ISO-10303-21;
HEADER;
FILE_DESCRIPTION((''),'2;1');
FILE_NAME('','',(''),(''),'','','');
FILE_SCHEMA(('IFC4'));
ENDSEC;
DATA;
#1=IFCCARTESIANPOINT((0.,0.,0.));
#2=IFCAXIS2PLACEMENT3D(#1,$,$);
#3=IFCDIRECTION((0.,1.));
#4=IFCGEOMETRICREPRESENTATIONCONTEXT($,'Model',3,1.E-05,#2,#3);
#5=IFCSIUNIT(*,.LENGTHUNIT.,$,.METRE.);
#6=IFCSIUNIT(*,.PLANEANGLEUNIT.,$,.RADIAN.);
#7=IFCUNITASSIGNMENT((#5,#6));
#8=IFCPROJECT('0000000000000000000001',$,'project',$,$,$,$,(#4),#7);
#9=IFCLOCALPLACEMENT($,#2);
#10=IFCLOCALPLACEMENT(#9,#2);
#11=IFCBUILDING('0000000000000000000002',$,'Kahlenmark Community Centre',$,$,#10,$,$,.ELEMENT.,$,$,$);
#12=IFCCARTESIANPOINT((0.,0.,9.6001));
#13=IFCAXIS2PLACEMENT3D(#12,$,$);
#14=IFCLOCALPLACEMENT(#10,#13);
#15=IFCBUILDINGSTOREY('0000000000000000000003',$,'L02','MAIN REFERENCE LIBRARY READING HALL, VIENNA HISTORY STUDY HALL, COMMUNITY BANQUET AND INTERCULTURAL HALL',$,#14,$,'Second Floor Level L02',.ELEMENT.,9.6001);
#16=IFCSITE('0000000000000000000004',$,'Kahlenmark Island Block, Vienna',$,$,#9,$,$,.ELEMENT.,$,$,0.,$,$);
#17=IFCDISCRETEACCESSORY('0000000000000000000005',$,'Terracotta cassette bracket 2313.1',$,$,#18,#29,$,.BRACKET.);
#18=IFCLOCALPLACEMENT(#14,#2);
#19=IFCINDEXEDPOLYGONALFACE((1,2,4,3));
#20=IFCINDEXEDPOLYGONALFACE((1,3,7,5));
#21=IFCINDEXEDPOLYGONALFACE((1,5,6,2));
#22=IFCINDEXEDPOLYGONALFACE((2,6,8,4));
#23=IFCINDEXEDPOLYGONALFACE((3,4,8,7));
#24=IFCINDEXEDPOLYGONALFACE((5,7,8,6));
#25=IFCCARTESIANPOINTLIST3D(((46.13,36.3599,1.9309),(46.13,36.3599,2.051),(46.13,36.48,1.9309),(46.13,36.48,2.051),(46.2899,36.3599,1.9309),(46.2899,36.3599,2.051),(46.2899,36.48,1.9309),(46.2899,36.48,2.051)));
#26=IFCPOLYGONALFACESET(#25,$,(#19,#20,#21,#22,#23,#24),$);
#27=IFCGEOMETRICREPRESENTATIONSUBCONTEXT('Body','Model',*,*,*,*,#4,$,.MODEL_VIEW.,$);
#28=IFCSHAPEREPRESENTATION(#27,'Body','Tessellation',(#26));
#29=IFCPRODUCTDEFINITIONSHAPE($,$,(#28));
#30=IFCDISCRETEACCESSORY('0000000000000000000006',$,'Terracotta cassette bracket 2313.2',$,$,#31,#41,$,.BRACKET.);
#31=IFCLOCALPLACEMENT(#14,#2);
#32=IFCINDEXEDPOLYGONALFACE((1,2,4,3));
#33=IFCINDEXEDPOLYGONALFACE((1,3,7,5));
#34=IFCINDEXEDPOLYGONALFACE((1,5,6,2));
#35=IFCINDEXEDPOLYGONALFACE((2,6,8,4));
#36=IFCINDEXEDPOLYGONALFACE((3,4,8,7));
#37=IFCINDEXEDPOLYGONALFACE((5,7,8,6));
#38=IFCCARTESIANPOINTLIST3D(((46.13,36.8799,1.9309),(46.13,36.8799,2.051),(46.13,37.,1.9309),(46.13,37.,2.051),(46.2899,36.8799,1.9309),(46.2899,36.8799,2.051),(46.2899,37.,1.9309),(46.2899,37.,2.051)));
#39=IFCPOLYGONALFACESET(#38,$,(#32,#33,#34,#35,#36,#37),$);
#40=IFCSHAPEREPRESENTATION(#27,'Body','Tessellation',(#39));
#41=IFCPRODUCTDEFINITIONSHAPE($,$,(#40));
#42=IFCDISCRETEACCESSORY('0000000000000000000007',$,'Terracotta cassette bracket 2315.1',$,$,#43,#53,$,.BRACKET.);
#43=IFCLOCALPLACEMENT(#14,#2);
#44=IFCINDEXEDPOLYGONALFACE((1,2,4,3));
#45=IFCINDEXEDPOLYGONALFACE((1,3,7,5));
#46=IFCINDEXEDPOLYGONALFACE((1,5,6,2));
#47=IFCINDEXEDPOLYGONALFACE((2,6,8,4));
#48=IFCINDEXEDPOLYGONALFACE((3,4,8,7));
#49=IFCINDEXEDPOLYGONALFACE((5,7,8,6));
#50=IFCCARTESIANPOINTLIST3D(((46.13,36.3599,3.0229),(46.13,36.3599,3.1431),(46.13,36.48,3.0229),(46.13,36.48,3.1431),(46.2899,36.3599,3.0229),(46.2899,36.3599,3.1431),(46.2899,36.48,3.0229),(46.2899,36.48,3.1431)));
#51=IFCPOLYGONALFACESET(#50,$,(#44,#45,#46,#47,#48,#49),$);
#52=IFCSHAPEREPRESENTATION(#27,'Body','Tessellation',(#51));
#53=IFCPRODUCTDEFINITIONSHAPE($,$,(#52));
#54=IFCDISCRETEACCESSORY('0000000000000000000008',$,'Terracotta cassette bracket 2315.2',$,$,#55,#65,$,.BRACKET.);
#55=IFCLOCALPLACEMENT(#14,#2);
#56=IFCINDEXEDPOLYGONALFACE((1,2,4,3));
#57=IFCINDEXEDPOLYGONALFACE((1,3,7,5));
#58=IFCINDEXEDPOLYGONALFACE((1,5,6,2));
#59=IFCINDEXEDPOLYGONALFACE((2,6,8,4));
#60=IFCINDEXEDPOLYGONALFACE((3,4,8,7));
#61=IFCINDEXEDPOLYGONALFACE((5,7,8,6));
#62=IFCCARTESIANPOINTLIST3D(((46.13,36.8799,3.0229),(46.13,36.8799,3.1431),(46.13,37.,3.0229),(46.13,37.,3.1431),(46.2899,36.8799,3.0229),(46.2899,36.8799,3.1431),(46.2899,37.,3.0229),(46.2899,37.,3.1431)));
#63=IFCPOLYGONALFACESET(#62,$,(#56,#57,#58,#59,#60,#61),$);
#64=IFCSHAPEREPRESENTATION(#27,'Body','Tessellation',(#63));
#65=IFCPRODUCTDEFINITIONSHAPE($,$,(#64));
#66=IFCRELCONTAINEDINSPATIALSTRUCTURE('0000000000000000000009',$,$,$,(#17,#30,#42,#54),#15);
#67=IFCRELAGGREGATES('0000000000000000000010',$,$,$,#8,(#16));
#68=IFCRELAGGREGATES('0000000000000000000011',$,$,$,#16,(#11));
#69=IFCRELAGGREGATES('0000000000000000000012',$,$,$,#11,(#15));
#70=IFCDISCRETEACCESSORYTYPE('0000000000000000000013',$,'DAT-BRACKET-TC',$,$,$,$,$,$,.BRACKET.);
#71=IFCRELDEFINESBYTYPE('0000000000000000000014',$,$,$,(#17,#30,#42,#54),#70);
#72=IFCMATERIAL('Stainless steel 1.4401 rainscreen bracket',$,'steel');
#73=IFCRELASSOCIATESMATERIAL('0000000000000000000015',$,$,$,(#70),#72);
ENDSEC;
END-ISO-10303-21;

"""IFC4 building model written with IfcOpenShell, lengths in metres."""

from ifc_helpers import new_model, si_unit, direction, frame, origin, origin_2d, place, context, subcontext, project, spatial, rectangle, extrude, material, type_object, element, save


model = new_model("IFC4")

# Units and contexts
model_context = context("Model", 3, precision=1e-05, world=origin(), true_north=direction((0.0, 1.0)))
body_context = subcontext(model_context, "Body", "Model", "MODEL_VIEW")
ifc_project = project(units=[si_unit("LENGTHUNIT", "METRE"), si_unit("PLANEANGLEUNIT", "RADIAN")], contexts=[model_context])

# Site, building, storey
site_placement = place(None, origin())
site = spatial("IfcSite", under=ifc_project, at=site_placement, Name="Kahlenmark Island Block, Vienna", CompositionType="ELEMENT", RefElevation=0.0)
building_placement = place(site_placement, origin())
building = spatial("IfcBuilding", under=site, at=building_placement, Name="Kahlenmark Community Centre", CompositionType="ELEMENT")
storey_placement = place(building_placement, frame((0.0, 0.0, 9.6001)))
storey = spatial("IfcBuildingStorey", under=building, at=storey_placement, Name="L02", Description="MAIN REFERENCE LIBRARY READING HALL, VIENNA HISTORY STUDY HALL, COMMUNITY BANQUET AND INTERCULTURAL HALL", LongName="Second Floor Level L02", CompositionType="ELEMENT", Elevation=9.6001)

# Discrete accessories
ifc_material_1 = material(Name="Stainless steel 1.4401 rainscreen bracket", Category="steel")
discrete_accessory_type = type_object("IfcDiscreteAccessoryType", Name="DAT-BRACKET-TC", PredefinedType="BRACKET", material=ifc_material_1)
for number, where, z_axis, x_axis, name in (
    (1, (46.21, 36.4199, 1.9309), (0.0, 0.0, 1.0), (0.0, 1.0, 0.0), "Terracotta cassette bracket 2313.1"),
    (2, (46.21, 36.9399, 1.9309), (0.0, 0.0, 1.0), (0.0, 1.0, 0.0), "Terracotta cassette bracket 2313.2"),
    (3, (46.21, 36.4199, 3.0229), (0.0, 0.0, 1.0), (0.0, 1.0, 0.0), "Terracotta cassette bracket 2315.1"),
    (4, (46.21, 36.9399, 3.0229), (0.0, 0.0, 1.0), (0.0, 1.0, 0.0), "Terracotta cassette bracket 2315.2"),
):
    element("IfcDiscreteAccessory", number, at=place(storey_placement, frame(where, z_axis=z_axis, x_axis=x_axis)), inside=storey, type_object=discrete_accessory_type, Name=name, PredefinedType="BRACKET", context=body_context, shape_type="SweptSolid", body=[
        extrude(rectangle(XDim=0.1201, YDim=0.1599, at=origin_2d()), origin(), (0.0, 0.0, 1.0), 0.1201),
    ])

save(model, "model.ifc")
